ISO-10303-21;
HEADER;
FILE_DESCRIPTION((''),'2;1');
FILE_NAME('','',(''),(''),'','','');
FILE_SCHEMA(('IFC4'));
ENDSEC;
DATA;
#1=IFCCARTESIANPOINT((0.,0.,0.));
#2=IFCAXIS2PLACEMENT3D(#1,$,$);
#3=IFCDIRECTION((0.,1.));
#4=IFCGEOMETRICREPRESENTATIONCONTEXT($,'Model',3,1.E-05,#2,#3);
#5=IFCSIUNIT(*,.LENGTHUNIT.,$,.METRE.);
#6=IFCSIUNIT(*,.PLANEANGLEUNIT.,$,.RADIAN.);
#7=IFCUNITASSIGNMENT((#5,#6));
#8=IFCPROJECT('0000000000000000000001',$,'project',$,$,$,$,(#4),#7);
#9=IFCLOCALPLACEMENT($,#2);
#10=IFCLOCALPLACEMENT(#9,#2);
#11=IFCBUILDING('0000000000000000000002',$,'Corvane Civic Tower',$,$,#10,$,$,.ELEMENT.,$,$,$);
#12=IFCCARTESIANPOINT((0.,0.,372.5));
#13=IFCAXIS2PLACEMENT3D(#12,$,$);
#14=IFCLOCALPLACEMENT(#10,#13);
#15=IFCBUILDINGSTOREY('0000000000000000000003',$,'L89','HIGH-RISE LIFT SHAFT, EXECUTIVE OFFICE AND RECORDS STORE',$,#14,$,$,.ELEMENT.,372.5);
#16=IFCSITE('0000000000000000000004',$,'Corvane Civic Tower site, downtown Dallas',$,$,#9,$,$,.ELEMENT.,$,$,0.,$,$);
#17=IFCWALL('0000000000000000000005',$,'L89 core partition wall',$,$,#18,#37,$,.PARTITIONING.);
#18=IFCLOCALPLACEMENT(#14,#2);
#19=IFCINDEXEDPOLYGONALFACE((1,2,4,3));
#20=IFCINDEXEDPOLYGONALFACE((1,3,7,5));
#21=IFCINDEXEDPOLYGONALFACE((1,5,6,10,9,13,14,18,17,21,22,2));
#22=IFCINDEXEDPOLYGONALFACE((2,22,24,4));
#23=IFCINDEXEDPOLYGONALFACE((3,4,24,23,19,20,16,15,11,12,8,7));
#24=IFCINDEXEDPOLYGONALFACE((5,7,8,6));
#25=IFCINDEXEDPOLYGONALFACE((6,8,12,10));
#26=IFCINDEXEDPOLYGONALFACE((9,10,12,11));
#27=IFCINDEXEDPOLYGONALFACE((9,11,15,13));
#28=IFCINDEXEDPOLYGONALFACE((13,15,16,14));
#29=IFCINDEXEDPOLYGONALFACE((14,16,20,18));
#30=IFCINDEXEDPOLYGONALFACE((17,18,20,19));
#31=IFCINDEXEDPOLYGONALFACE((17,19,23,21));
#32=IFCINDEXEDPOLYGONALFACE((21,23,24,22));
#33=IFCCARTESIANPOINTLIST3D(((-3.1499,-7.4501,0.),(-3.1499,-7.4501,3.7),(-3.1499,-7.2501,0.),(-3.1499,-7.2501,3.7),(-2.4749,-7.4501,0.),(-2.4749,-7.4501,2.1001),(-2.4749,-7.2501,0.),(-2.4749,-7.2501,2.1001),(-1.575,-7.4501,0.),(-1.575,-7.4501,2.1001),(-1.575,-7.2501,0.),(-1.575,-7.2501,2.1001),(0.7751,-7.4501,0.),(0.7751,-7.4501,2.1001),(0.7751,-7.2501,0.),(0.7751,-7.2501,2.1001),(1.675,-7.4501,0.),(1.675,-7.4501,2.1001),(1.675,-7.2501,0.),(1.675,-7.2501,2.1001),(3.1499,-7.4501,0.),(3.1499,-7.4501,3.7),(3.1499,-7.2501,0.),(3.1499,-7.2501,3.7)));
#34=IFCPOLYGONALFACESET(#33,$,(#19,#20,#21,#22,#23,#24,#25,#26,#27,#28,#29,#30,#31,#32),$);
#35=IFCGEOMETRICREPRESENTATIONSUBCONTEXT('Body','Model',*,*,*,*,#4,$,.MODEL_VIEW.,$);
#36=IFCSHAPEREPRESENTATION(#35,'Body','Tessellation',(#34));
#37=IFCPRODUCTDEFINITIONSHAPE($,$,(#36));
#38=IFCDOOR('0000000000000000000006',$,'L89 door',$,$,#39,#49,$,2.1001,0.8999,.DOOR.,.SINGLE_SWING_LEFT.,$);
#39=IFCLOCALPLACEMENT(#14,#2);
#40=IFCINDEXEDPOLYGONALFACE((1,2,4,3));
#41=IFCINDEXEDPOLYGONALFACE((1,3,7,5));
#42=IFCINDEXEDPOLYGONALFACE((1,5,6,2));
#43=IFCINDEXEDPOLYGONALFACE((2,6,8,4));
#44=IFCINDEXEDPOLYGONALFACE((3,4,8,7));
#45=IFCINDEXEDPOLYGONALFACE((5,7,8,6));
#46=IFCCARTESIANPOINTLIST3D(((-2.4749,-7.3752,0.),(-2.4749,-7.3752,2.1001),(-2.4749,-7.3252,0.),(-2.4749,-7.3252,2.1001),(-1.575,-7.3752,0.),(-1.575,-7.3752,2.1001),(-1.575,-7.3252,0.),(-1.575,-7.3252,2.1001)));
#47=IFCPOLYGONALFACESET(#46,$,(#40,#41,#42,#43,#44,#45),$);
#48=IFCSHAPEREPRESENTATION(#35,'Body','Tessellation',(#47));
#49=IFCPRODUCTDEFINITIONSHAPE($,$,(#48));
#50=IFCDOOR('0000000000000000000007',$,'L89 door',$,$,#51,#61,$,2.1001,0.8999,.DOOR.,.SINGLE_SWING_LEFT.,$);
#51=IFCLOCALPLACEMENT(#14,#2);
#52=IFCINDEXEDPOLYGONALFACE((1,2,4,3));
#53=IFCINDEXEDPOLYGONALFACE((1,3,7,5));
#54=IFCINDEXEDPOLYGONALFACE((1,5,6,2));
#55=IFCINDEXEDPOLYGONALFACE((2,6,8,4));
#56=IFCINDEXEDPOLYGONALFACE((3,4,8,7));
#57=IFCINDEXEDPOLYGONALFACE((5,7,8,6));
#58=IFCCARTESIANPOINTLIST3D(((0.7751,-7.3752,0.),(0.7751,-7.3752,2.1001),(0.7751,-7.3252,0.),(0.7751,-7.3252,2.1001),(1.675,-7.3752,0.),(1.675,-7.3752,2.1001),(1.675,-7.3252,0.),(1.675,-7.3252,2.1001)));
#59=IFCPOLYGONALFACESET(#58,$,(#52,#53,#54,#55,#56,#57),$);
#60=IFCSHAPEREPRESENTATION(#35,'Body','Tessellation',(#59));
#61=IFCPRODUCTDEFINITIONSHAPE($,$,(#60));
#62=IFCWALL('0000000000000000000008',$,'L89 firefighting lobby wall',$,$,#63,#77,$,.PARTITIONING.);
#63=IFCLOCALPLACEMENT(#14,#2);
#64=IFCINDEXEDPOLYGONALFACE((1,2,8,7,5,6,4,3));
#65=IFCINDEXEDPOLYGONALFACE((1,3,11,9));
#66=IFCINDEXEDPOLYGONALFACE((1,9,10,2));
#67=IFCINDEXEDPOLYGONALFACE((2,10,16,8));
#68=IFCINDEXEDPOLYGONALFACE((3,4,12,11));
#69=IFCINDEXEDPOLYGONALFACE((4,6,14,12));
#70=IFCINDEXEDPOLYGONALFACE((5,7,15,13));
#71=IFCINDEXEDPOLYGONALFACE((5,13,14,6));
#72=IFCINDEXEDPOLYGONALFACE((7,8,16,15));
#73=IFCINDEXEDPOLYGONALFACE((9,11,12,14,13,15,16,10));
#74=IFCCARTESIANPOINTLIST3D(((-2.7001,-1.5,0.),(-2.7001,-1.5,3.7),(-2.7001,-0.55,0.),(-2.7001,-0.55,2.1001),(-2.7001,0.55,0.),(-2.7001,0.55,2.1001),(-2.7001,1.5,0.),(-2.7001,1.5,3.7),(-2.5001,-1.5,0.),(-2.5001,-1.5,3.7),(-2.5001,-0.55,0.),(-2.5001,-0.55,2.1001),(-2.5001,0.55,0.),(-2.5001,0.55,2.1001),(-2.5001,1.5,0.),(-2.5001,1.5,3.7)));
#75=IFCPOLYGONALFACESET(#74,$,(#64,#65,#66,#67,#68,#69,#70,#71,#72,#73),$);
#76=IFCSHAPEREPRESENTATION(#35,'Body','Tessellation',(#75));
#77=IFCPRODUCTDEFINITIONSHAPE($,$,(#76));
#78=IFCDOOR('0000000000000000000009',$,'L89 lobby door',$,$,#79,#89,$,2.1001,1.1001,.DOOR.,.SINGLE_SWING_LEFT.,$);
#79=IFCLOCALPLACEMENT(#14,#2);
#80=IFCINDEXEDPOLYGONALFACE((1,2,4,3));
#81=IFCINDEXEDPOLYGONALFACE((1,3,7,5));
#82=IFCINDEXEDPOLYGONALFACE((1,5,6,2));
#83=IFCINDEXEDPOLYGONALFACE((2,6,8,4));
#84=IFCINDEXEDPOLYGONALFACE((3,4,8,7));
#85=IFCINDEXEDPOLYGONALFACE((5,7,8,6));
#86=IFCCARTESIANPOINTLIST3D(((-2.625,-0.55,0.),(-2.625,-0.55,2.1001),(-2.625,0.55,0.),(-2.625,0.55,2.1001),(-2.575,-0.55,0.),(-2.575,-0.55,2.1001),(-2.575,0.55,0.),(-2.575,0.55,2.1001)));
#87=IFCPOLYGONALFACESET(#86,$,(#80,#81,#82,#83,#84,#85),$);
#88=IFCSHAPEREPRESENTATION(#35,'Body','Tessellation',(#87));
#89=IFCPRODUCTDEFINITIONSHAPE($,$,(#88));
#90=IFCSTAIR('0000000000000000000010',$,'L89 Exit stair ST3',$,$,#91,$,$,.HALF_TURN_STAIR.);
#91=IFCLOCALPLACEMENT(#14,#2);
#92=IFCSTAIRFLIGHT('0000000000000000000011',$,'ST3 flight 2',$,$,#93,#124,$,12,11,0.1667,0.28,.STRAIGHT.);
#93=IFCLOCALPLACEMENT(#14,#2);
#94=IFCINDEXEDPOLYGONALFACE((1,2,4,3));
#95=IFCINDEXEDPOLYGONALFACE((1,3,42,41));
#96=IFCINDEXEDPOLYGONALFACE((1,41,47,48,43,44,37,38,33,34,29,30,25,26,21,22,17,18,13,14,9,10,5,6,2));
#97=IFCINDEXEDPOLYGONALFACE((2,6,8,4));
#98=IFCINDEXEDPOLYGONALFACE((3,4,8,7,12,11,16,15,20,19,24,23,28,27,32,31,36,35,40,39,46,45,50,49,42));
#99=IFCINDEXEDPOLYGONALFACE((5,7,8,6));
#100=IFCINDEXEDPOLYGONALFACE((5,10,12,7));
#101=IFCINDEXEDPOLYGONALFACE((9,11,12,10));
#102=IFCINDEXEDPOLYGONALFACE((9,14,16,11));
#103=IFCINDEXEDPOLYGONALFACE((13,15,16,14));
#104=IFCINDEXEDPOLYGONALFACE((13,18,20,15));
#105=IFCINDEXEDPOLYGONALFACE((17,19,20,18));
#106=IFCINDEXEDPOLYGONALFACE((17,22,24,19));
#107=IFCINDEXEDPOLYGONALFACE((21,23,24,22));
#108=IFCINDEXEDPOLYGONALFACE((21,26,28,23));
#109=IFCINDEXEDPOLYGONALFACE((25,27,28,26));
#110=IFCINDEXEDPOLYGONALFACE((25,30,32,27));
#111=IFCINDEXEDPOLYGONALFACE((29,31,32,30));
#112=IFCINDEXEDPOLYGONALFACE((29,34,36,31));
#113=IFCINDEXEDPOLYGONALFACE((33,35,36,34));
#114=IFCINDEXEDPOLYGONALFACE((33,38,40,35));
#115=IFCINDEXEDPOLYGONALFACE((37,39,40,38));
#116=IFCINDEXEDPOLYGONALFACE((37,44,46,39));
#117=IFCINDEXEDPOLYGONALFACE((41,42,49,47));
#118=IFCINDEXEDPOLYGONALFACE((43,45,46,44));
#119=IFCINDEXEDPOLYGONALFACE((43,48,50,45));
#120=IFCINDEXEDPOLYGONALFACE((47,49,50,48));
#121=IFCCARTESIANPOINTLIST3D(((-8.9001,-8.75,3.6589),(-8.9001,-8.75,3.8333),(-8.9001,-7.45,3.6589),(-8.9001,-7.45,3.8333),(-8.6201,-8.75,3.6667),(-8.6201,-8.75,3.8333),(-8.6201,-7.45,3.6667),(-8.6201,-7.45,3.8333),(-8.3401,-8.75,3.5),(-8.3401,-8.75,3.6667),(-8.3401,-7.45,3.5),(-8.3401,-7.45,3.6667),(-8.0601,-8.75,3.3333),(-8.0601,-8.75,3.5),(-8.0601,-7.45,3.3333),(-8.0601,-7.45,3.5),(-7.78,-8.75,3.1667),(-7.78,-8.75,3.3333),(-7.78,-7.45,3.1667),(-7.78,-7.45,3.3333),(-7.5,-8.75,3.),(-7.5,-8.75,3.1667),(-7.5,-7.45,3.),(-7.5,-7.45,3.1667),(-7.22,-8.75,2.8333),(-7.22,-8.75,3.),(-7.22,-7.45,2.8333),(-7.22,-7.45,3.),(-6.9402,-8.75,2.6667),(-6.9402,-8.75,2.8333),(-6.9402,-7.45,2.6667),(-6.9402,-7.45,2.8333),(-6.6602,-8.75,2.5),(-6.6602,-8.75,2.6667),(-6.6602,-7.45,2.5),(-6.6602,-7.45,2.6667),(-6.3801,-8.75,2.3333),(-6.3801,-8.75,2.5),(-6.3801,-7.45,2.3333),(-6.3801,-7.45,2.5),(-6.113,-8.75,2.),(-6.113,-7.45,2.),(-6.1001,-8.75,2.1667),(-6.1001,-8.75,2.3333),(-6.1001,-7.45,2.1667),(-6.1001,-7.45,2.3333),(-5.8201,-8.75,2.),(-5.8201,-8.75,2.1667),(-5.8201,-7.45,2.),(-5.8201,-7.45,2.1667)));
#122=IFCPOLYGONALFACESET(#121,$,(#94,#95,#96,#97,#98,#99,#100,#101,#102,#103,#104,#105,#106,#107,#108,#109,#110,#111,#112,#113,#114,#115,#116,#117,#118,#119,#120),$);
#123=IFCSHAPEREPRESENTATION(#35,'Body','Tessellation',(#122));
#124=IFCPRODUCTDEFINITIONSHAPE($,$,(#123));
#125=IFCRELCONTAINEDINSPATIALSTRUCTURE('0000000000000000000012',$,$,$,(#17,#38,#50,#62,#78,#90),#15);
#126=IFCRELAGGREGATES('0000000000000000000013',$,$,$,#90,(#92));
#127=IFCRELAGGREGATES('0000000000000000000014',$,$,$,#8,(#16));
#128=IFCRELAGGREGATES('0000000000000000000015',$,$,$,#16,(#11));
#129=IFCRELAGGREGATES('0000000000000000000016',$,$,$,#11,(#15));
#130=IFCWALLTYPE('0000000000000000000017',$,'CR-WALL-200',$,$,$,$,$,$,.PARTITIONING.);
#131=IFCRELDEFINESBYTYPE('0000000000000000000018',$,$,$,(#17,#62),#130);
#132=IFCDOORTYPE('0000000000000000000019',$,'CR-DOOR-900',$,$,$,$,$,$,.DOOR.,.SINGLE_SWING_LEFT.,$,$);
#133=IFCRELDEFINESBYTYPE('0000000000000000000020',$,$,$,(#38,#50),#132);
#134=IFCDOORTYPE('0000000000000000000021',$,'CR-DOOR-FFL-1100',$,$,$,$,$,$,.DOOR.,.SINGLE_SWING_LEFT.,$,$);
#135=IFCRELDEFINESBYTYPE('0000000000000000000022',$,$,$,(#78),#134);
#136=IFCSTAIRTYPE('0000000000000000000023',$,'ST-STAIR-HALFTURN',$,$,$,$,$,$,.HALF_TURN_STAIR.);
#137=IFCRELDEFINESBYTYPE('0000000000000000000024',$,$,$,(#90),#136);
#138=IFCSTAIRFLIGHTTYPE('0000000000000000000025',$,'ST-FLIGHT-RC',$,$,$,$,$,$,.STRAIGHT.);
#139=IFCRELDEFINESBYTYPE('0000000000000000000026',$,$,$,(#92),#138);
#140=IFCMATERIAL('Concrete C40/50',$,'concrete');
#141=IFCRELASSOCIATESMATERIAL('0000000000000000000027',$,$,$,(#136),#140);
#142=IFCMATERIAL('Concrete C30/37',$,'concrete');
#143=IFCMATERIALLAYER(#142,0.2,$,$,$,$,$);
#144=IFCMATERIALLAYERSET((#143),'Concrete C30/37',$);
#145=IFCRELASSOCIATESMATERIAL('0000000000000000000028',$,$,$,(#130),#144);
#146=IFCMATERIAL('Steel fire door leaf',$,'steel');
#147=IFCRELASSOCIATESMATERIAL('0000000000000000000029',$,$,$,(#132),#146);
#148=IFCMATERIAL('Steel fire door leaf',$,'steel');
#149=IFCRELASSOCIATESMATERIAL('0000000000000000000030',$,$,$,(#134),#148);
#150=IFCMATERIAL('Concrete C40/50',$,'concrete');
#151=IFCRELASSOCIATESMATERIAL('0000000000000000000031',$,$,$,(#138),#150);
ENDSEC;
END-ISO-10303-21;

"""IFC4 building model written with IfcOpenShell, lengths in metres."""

from ifc_helpers import new_model, si_unit, direction, frame, frame_2d, origin, place, context, subcontext, project, spatial, polyline, rectangle, outline, extrude, material, layer, layer_set, type_object, element, fill, aggregate, save


model = new_model("IFC4")

# Units and contexts
model_context = context("Model", 3, precision=1e-05, world=origin(), true_north=direction((0.0, 1.0)))
body_context = subcontext(model_context, "Body", "Model", "MODEL_VIEW")
ifc_project = project(units=[si_unit("LENGTHUNIT", "METRE"), si_unit("PLANEANGLEUNIT", "RADIAN")], contexts=[model_context])

# Site, building, storey
site_placement = place(None, origin())
site = spatial("IfcSite", under=ifc_project, at=site_placement, Name="Corvane Civic Tower site, downtown Dallas", CompositionType="ELEMENT", RefElevation=0.0)
building_placement = place(site_placement, origin())
building = spatial("IfcBuilding", under=site, at=building_placement, Name="Corvane Civic Tower", CompositionType="ELEMENT")
storey_placement = place(building_placement, frame((0.0, 0.0, 372.5)))
storey = spatial("IfcBuildingStorey", under=building, at=storey_placement, Name="L89", Description="HIGH-RISE LIFT SHAFT, EXECUTIVE OFFICE AND RECORDS STORE", CompositionType="ELEMENT", Elevation=372.5)

# Shared definitions
ifc_material_1 = material(Name="Concrete C40/50", Category="concrete")
stair_type = type_object("IfcStairType", Name="ST-STAIR-HALFTURN", PredefinedType="HALF_TURN_STAIR", material=ifc_material_1)

# Wall, openings, doors
ifc_material_2 = material(Name="Concrete C30/37", Category="concrete")
ifc_layer_1 = layer(ifc_material_2, 0.2)
ifc_layer_set_1 = layer_set([ifc_layer_1], Name="Concrete C30/37")
wall_type = type_object("IfcWallType", Name="CR-WALL-200", PredefinedType="PARTITIONING", material=ifc_layer_set_1)
wall_1_placement = place(storey_placement, frame((-3.1499, -7.3501, 0.0), z_axis=(0.0, 0.0, 1.0), x_axis=(1.0, 0.0, 0.0)))
wall_1 = element("IfcWall", 1, at=wall_1_placement, inside=storey, type_object=wall_type, Name="L89 core partition wall", PredefinedType="PARTITIONING", context=body_context, shape_type="SweptSolid", body=[
    extrude(rectangle(XDim=6.2998, YDim=0.2, at=frame_2d((3.1499, 0.0))), origin(), (0.0, 0.0, 1.0), 3.7),
])
opening_1_placement = place(wall_1_placement, frame((0.675, 0.0, 0.0)))
opening_1 = element("IfcOpeningElement", 2, at=opening_1_placement, cuts=wall_1, PredefinedType="OPENING", context=body_context, shape_type="SweptSolid", body=[
    extrude(rectangle(XDim=0.8999, YDim=2.1001, at=frame_2d((0.45, 1.05))), frame((0.0, 0.1099, 0.0), z_axis=(0.0, -1.0, 0.0), x_axis=(1.0, 0.0, 0.0)), (0.0, 0.0, 1.0), 0.22),
])
opening_2_placement = place(wall_1_placement, frame((3.925, 0.0, 0.0)))
opening_2 = element("IfcOpeningElement", 3, at=opening_2_placement, cuts=wall_1, PredefinedType="OPENING", context=body_context, shape_type="SweptSolid", body=[
    extrude(rectangle(XDim=0.8999, YDim=2.1001, at=frame_2d((0.45, 1.05))), frame((0.0, 0.1099, 0.0), z_axis=(0.0, -1.0, 0.0), x_axis=(1.0, 0.0, 0.0)), (0.0, 0.0, 1.0), 0.22),
])
ifc_material_3 = material(Name="Steel fire door leaf", Category="steel")
door_type_1 = type_object("IfcDoorType", Name="CR-DOOR-900", OperationType="SINGLE_SWING_LEFT", PredefinedType="DOOR", material=ifc_material_3)
door_1_placement = place(opening_1_placement, origin())
door_1 = element("IfcDoor", 4, at=door_1_placement, inside=storey, type_object=door_type_1, Name="L89 door", OperationType="SINGLE_SWING_LEFT", OverallHeight=2.1001, OverallWidth=0.8999, PredefinedType="DOOR", context=body_context, shape_type="SweptSolid", body=[
    extrude(rectangle(XDim=0.8999, YDim=2.1001, at=frame_2d((0.45, 1.05))), frame((0.0, 0.0249, 0.0), z_axis=(0.0, -1.0, 0.0), x_axis=(1.0, 0.0, 0.0)), (0.0, 0.0, 1.0), 0.05),
])
fill(opening_1, door_1)
door_2_placement = place(opening_2_placement, origin())
door_2 = element("IfcDoor", 5, at=door_2_placement, inside=storey, type_object=door_type_1, Name="L89 door", OperationType="SINGLE_SWING_LEFT", OverallHeight=2.1001, OverallWidth=0.8999, PredefinedType="DOOR", context=body_context, shape_type="SweptSolid", body=[
    extrude(rectangle(XDim=0.8999, YDim=2.1001, at=frame_2d((0.45, 1.05))), frame((0.0, 0.0249, 0.0), z_axis=(0.0, -1.0, 0.0), x_axis=(1.0, 0.0, 0.0)), (0.0, 0.0, 1.0), 0.05),
])
fill(opening_2, door_2)

# Wall, opening, door
wall_2_placement = place(storey_placement, frame((-2.6001, -1.5, 0.0), z_axis=(0.0, 0.0, 1.0), x_axis=(0.0, 1.0, 0.0)))
wall_2 = element("IfcWall", 6, at=wall_2_placement, inside=storey, type_object=wall_type, Name="L89 firefighting lobby wall", PredefinedType="PARTITIONING", context=body_context, shape_type="SweptSolid", body=[
    extrude(rectangle(XDim=3.0, YDim=0.2, at=frame_2d((1.5, 0.0))), origin(), (0.0, 0.0, 1.0), 3.7),
])
opening_3_placement = place(wall_2_placement, frame((0.95, 0.0, 0.0)))
opening_3 = element("IfcOpeningElement", 7, at=opening_3_placement, cuts=wall_2, PredefinedType="OPENING", context=body_context, shape_type="SweptSolid", body=[
    extrude(rectangle(XDim=1.1001, YDim=2.1001, at=frame_2d((0.55, 1.05))), frame((0.0, 0.1099, 0.0), z_axis=(0.0, -1.0, 0.0), x_axis=(1.0, 0.0, 0.0)), (0.0, 0.0, 1.0), 0.22),
])
ifc_material_4 = material(Name="Steel fire door leaf", Category="steel")
door_type_2 = type_object("IfcDoorType", Name="CR-DOOR-FFL-1100", OperationType="SINGLE_SWING_LEFT", PredefinedType="DOOR", material=ifc_material_4)
door_3_placement = place(opening_3_placement, origin())
door_3 = element("IfcDoor", 8, at=door_3_placement, inside=storey, type_object=door_type_2, Name="L89 lobby door", OperationType="SINGLE_SWING_LEFT", OverallHeight=2.1001, OverallWidth=1.1001, PredefinedType="DOOR", context=body_context, shape_type="SweptSolid", body=[
    extrude(rectangle(XDim=1.1001, YDim=2.1001, at=frame_2d((0.55, 1.05))), frame((0.0, 0.0249, 0.0), z_axis=(0.0, -1.0, 0.0), x_axis=(1.0, 0.0, 0.0)), (0.0, 0.0, 1.0), 0.05),
])
fill(opening_3, door_3)

# Stair, stair flight
stair_1_placement = place(storey_placement, origin())
stair_1 = element("IfcStair", 9, at=stair_1_placement, inside=storey, type_object=stair_type, Name="L89 Exit stair ST3", PredefinedType="HALF_TURN_STAIR")
ifc_material_5 = material(Name="Concrete C40/50", Category="concrete")
stair_flight_type = type_object("IfcStairFlightType", Name="ST-FLIGHT-RC", PredefinedType="STRAIGHT", material=ifc_material_5)
stair_flight_placement = place(storey_placement, frame((-5.8201, -8.1001, 2.0), z_axis=(0.0, 0.0, 1.0), x_axis=(-1.0, 0.0, 0.0)))
stair_flight = element("IfcStairFlight", 10, at=stair_flight_placement, type_object=stair_flight_type, Name="ST3 flight 2", NumberOfRisers=12, NumberOfTreads=11, PredefinedType="STRAIGHT", RiserHeight=0.1667, TreadLength=0.28, context=body_context, shape_type="SweptSolid", body=[
    extrude(outline(polyline([(0.0, 0.0), (0.0, 0.1667), (0.28, 0.1667), (0.28, 0.3333), (0.5601, 0.3333), (0.5601, 0.5), (0.8401, 0.5), (0.8401, 0.6667), (1.1201, 0.6667), (1.1201, 0.8333), (1.3999, 0.8333), (1.3999, 1.0), (1.6799, 1.0), (1.6799, 1.1667), (1.96, 1.1667), (1.96, 1.3333), (2.24, 1.3333), (2.24, 1.5), (2.52, 1.5), (2.52, 1.6667), (2.8, 1.6667), (2.8, 1.8333), (3.0801, 1.8333), (3.0801, 2.0), (3.0801, 1.6589), (0.293, 0.0), (0.0, 0.0)])), frame((0.0, 0.6499, 0.0), z_axis=(0.0, -1.0, 0.0), x_axis=(1.0, 0.0, 0.0)), (0.0, 0.0, 1.0), 1.3),
])
aggregate(stair_1, [stair_flight])

save(model, "model.ifc")
